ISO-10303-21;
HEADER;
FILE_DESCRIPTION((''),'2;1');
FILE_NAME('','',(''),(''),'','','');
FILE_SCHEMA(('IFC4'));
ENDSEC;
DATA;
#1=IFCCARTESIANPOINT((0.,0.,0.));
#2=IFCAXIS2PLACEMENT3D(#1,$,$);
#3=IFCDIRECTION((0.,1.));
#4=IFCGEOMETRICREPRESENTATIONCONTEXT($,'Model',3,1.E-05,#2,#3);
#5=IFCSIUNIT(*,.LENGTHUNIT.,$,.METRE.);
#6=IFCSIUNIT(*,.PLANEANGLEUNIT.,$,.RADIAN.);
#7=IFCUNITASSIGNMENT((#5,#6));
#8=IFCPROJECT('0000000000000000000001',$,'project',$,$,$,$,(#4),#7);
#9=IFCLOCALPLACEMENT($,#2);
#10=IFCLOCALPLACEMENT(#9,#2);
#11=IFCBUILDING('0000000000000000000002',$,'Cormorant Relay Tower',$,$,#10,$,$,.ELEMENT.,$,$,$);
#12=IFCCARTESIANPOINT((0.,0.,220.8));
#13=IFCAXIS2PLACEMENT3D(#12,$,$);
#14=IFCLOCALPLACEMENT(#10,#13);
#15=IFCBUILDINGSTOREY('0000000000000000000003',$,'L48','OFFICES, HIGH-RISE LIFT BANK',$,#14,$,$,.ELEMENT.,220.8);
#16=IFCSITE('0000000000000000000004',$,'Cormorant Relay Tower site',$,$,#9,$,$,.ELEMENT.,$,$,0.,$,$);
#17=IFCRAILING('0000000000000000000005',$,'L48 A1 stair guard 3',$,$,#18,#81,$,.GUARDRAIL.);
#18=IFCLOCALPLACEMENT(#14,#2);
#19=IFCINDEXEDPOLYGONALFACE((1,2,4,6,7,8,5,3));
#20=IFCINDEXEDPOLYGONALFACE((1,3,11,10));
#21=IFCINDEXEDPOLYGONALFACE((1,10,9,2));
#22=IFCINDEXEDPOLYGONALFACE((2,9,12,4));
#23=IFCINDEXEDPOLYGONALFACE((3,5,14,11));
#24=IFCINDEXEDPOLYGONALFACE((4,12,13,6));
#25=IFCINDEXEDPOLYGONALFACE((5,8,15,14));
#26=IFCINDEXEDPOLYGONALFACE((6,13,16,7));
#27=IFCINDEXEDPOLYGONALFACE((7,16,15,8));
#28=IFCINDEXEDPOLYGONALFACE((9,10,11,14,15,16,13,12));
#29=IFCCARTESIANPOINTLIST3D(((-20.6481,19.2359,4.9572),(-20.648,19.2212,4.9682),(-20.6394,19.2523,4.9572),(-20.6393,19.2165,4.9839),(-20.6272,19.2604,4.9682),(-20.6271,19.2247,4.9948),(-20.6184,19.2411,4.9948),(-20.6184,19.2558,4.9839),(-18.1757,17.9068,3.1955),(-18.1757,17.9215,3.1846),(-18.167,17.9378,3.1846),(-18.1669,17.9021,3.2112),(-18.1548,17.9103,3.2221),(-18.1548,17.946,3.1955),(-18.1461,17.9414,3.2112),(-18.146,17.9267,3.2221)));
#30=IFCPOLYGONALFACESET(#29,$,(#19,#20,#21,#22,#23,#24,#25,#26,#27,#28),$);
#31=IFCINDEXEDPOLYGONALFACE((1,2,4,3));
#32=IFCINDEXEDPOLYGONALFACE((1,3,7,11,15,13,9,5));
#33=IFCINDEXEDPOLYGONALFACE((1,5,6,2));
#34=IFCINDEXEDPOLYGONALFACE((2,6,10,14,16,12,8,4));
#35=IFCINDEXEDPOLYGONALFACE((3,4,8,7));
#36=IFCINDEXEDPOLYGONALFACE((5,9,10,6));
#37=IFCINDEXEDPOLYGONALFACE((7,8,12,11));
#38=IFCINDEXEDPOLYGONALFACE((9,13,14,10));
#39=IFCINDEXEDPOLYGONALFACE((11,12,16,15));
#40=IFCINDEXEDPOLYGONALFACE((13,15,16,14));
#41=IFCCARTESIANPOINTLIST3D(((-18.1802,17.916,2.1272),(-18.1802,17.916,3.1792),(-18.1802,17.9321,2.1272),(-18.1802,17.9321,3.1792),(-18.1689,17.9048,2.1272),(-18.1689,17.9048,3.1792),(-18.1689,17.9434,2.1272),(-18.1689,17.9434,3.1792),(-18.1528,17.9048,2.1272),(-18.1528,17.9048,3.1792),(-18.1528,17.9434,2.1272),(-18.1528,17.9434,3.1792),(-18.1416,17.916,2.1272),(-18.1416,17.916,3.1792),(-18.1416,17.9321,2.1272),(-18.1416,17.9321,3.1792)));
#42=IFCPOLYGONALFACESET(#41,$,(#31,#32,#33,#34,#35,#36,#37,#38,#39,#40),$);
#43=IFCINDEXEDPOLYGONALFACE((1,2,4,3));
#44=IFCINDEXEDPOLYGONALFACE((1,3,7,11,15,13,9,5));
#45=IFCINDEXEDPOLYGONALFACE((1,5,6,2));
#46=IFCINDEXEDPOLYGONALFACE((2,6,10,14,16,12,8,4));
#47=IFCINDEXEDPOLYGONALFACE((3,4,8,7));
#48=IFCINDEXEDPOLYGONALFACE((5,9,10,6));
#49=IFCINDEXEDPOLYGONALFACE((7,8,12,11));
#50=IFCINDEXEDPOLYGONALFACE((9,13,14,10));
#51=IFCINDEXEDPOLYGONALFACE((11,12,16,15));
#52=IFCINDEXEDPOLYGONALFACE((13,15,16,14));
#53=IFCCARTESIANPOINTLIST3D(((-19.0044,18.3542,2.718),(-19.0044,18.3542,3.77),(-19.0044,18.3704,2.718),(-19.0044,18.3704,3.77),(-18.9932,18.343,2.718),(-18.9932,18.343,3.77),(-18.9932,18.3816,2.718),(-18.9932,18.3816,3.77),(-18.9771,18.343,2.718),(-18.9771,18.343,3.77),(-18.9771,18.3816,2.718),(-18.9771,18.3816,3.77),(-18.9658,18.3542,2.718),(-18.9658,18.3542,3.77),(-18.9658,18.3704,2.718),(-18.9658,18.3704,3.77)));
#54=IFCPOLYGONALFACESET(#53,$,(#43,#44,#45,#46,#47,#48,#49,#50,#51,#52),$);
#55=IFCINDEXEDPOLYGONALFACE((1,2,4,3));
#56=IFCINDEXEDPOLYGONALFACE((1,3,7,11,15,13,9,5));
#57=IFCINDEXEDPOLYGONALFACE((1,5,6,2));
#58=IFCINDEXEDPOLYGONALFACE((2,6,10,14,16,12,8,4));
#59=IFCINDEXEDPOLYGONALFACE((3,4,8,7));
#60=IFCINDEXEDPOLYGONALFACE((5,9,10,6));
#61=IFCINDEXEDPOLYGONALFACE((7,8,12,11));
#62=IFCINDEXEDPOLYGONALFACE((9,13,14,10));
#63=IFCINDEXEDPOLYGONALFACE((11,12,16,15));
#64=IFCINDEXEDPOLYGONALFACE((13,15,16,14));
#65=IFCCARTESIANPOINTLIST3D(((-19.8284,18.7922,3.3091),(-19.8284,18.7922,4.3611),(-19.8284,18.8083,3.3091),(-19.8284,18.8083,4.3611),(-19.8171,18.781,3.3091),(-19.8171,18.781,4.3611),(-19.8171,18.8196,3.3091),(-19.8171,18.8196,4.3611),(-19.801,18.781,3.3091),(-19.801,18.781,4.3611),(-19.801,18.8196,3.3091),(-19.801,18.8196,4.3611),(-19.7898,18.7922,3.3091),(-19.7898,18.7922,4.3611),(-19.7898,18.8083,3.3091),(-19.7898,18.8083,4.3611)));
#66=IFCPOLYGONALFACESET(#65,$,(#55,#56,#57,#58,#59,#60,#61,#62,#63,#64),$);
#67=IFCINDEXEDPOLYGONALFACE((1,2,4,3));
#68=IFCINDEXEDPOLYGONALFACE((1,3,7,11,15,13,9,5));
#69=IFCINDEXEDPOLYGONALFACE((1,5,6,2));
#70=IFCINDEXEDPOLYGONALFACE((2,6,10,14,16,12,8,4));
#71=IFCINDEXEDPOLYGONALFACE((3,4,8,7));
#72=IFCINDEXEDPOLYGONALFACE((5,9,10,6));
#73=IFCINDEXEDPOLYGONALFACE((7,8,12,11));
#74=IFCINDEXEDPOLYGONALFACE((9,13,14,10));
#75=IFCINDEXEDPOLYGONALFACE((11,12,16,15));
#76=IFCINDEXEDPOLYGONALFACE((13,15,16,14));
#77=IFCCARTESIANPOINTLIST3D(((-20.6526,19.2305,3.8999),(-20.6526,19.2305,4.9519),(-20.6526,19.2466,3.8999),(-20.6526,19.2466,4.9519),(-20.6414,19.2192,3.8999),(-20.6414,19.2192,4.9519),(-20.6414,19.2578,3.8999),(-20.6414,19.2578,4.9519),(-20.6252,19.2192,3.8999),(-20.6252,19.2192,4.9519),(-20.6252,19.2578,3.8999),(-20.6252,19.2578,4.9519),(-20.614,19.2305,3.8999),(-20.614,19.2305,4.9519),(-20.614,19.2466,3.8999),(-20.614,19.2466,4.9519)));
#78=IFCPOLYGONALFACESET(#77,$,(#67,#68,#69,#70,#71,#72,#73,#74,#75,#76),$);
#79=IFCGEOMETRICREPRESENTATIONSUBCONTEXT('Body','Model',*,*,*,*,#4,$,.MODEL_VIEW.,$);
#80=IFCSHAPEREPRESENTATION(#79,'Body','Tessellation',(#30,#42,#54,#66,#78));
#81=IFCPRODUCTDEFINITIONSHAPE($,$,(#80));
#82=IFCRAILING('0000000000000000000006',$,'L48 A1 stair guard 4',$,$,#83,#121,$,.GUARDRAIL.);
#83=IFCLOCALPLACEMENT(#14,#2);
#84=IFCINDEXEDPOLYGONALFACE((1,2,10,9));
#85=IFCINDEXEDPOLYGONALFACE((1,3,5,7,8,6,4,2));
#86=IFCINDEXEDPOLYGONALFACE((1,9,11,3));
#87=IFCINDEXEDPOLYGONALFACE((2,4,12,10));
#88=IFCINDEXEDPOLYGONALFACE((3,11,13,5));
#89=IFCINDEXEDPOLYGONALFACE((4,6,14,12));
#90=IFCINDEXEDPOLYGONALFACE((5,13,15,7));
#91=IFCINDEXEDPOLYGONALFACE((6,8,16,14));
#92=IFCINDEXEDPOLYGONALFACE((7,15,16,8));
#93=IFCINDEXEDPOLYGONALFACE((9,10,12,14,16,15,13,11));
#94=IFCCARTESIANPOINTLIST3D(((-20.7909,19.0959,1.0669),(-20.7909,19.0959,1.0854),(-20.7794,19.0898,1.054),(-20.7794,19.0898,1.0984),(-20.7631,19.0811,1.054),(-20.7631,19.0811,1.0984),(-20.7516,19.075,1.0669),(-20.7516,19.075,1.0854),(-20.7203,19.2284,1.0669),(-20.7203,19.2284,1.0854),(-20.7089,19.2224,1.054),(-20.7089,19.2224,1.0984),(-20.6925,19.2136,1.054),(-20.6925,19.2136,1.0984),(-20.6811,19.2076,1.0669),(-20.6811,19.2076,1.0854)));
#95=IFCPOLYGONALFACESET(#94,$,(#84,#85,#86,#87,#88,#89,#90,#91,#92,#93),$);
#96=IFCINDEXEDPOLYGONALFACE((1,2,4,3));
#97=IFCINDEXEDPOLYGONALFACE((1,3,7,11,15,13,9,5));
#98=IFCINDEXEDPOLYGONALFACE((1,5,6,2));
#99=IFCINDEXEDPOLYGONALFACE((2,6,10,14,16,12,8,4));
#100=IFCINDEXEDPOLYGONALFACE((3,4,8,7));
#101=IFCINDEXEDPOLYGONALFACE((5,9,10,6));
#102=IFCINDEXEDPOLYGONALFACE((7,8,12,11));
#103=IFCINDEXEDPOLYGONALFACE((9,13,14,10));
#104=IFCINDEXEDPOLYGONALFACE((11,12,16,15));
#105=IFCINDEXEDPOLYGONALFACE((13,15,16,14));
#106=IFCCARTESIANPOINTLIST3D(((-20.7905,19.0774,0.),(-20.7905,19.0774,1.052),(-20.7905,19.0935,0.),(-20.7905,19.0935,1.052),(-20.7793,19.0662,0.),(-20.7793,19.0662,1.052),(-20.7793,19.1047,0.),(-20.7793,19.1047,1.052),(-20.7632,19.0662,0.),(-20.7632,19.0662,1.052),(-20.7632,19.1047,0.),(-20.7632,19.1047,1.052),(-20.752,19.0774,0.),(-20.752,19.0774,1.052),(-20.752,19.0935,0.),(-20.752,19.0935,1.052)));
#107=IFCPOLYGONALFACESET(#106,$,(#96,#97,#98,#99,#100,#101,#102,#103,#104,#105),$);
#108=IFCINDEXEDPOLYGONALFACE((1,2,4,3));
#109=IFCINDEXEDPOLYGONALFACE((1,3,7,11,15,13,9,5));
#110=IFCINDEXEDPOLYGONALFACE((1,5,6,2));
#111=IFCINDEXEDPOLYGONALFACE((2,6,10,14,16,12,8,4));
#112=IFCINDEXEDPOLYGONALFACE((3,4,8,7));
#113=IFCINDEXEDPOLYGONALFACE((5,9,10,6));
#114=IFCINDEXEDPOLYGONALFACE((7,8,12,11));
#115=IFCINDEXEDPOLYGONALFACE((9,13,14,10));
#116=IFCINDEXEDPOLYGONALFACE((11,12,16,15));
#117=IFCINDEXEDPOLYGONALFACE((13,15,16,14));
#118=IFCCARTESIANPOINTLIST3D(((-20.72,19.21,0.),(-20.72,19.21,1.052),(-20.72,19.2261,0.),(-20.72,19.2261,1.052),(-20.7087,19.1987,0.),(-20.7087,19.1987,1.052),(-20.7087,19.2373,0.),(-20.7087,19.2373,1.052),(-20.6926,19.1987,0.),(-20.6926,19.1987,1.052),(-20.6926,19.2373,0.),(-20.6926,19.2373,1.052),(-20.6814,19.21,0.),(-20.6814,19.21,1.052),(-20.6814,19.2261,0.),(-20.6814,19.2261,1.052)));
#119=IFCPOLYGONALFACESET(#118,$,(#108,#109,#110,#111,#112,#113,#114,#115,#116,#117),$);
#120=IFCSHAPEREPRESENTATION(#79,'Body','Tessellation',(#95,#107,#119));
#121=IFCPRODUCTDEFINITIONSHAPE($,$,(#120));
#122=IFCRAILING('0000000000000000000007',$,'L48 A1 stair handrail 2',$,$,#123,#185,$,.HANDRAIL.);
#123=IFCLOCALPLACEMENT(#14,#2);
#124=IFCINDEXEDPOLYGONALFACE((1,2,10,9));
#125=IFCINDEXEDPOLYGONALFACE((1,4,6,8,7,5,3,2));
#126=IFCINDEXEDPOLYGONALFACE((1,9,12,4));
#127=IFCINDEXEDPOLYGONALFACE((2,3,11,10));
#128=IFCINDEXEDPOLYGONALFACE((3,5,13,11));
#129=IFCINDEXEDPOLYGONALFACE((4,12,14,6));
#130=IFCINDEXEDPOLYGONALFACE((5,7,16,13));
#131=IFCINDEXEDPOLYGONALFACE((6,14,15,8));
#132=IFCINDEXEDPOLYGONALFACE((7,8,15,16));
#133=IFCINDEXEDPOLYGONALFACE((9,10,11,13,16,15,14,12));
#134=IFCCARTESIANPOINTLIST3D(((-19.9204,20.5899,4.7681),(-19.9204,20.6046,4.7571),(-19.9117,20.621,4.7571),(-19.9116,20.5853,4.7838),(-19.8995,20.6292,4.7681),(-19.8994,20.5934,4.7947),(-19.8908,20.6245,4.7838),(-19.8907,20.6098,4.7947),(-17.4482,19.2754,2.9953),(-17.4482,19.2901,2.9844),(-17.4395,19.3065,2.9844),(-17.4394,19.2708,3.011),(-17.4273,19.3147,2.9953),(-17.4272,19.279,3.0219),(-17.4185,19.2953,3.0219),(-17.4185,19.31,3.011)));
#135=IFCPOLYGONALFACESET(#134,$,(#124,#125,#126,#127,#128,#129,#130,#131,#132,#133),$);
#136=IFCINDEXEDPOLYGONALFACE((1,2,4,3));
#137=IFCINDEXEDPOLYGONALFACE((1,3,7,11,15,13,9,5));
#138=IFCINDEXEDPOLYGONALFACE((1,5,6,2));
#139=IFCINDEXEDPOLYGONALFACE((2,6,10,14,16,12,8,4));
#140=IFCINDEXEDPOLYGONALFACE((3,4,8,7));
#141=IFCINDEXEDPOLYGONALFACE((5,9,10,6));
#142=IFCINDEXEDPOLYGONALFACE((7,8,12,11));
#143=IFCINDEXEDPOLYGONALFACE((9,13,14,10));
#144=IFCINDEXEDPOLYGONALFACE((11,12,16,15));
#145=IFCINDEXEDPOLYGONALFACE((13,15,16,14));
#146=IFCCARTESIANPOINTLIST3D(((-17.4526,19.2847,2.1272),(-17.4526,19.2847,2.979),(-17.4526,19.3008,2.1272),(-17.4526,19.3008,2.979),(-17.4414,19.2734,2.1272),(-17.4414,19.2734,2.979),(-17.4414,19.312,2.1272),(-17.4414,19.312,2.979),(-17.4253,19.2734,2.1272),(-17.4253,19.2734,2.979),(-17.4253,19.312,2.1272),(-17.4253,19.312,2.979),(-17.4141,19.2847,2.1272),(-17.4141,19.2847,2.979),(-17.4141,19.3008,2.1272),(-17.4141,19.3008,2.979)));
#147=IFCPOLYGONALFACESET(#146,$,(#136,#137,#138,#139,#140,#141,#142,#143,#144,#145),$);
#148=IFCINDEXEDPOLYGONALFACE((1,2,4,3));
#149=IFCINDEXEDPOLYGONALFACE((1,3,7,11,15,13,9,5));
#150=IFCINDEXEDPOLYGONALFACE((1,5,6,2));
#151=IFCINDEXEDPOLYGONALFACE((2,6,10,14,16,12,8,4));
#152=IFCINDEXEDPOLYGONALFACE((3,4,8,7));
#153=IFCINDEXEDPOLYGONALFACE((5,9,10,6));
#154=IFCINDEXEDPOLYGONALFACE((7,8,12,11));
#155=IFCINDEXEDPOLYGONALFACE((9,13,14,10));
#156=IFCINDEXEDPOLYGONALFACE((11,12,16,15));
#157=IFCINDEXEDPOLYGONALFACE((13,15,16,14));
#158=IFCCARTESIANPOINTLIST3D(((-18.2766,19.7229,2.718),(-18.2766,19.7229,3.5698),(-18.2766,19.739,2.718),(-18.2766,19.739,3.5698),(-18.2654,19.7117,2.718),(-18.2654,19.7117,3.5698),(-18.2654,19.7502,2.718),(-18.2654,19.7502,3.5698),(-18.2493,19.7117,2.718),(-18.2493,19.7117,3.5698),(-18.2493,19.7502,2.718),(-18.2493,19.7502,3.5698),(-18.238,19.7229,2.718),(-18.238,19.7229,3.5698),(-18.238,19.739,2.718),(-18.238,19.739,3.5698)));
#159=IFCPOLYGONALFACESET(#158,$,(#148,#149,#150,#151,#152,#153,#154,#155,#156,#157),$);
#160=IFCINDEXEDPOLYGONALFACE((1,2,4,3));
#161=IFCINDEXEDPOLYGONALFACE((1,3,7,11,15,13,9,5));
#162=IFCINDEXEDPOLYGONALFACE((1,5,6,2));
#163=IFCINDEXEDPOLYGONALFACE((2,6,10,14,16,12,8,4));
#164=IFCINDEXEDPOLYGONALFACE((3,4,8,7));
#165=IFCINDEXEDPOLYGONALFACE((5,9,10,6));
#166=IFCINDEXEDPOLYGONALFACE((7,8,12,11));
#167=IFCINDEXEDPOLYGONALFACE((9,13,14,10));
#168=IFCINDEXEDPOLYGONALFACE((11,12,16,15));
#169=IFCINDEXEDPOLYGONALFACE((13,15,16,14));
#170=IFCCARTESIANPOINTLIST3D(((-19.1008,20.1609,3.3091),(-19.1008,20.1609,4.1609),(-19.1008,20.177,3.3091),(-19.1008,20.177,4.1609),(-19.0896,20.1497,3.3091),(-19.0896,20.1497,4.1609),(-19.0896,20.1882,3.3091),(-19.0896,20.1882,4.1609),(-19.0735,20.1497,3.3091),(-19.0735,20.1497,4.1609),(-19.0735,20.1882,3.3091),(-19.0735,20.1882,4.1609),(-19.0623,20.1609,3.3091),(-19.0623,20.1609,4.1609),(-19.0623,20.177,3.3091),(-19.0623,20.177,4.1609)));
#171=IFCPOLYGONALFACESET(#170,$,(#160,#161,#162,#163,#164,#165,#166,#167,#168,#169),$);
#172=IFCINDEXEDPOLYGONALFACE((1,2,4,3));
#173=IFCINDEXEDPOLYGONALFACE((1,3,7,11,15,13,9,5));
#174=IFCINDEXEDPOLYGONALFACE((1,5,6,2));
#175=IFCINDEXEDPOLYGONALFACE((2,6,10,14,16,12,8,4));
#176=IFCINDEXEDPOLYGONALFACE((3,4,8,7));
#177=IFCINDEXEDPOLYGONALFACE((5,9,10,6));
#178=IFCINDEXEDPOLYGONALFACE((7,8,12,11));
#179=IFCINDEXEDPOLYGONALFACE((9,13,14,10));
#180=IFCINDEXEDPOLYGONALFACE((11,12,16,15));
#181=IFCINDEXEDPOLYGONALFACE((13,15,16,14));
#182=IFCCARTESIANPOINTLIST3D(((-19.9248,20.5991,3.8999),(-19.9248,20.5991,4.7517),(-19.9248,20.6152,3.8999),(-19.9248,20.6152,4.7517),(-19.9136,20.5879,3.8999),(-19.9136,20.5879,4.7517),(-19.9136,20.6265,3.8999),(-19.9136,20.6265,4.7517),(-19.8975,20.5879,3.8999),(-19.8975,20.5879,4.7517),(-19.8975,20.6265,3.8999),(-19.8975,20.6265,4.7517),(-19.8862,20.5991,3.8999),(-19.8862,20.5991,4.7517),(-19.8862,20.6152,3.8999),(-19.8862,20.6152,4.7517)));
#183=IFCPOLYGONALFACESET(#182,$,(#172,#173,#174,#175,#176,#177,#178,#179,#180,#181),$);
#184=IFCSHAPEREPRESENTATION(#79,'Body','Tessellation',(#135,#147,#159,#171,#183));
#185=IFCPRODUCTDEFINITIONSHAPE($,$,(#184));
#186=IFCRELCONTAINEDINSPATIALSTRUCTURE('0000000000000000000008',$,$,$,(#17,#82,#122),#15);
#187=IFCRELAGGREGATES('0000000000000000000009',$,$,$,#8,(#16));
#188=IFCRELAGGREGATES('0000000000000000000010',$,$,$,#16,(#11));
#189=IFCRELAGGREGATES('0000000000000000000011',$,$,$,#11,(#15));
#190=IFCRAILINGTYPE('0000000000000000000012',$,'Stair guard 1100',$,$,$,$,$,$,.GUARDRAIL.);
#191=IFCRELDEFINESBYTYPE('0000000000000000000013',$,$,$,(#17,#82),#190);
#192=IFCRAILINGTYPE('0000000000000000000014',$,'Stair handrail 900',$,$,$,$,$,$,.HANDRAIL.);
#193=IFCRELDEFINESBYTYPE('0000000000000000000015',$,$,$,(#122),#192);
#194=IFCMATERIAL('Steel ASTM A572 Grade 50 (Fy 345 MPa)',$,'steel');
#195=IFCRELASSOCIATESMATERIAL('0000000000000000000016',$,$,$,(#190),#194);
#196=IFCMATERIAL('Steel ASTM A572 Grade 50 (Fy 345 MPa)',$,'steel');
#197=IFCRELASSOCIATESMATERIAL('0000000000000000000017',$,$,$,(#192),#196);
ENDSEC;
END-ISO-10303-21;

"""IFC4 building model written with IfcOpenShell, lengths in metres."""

from ifc_helpers import new_model, si_unit, direction, frame, origin, place, context, subcontext, project, spatial, polyline, outline, extrude, material, type_object, element, save


model = new_model("IFC4")

# Units and contexts
model_context = context("Model", 3, precision=1e-05, world=origin(), true_north=direction((0.0, 1.0)))
body_context = subcontext(model_context, "Body", "Model", "MODEL_VIEW")
ifc_project = project(units=[si_unit("LENGTHUNIT", "METRE"), si_unit("PLANEANGLEUNIT", "RADIAN")], contexts=[model_context])

# Site, building, storey
site_placement = place(None, origin())
site = spatial("IfcSite", under=ifc_project, at=site_placement, Name="Cormorant Relay Tower site", CompositionType="ELEMENT", RefElevation=0.0)
building_placement = place(site_placement, origin())
building = spatial("IfcBuilding", under=site, at=building_placement, Name="Cormorant Relay Tower", CompositionType="ELEMENT")
storey_placement = place(building_placement, frame((0.0, 0.0, 220.8)))
storey = spatial("IfcBuildingStorey", under=building, at=storey_placement, Name="L48", Description="OFFICES, HIGH-RISE LIFT BANK", CompositionType="ELEMENT", Elevation=220.8)

# Railings
ifc_material_1 = material(Name="Steel ASTM A572 Grade 50 (Fy 345 MPa)", Category="steel")
railing_type_1 = type_object("IfcRailingType", Name="Stair guard 1100", PredefinedType="GUARDRAIL", material=ifc_material_1)
railing_1_placement = place(storey_placement, frame((-18.1609, 17.9241, 2.1272)))
element("IfcRailing", 1, at=railing_1_placement, inside=storey, type_object=railing_type_1, Name="L48 A1 stair guard 3", PredefinedType="GUARDRAIL", context=body_context, shape_type="SweptSolid", body=[
    extrude(outline(polyline([(0.0222, 0.0093), (0.0093, 0.0222), (-0.0093, 0.0222), (-0.0222, 0.0093), (-0.0222, -0.0093), (-0.0093, -0.0222), (0.0093, -0.0222), (0.0222, -0.0093), (0.0222, 0.0093)])), frame((0.0, 0.0, 1.0762), z_axis=(-0.746034, 0.396627, 0.534902), x_axis=(-0.469429, -0.88297, 0.0)), (0.0, 0.0, 1.0), 3.314),
    extrude(outline(polyline([(0.0193, 0.0081), (0.0081, 0.0193), (-0.0081, 0.0193), (-0.0193, 0.0081), (-0.0193, -0.0081), (-0.0081, -0.0193), (0.0081, -0.0193), (0.0193, -0.0081), (0.0193, 0.0081)])), origin(), (0.0, 0.0, 1.0), 1.052),
    extrude(outline(polyline([(0.0193, 0.0081), (0.0081, 0.0193), (-0.0081, 0.0193), (-0.0193, 0.0081), (-0.0193, -0.0081), (-0.0081, -0.0193), (0.0081, -0.0193), (0.0193, -0.0081), (0.0193, 0.0081)])), frame((-0.8242, 0.4382, 0.5908)), (0.0, 0.0, 1.0), 1.052),
    extrude(outline(polyline([(0.0193, 0.0081), (0.0081, 0.0193), (-0.0081, 0.0193), (-0.0193, 0.0081), (-0.0193, -0.0081), (-0.0081, -0.0193), (0.0081, -0.0193), (0.0193, -0.0081), (0.0193, 0.0081)])), frame((-1.6482, 0.8762, 1.1819)), (0.0, 0.0, 1.0), 1.052),
    extrude(outline(polyline([(0.0193, 0.0081), (0.0081, 0.0193), (-0.0081, 0.0193), (-0.0193, 0.0081), (-0.0193, -0.0081), (-0.0081, -0.0193), (0.0081, -0.0193), (0.0193, -0.0081), (0.0193, 0.0081)])), frame((-2.4724, 1.3145, 1.7727)), (0.0, 0.0, 1.0), 1.052),
])
railing_2_placement = place(storey_placement, frame((-20.7712, 19.0854, 0.0)))
element("IfcRailing", 2, at=railing_2_placement, inside=storey, type_object=railing_type_1, Name="L48 A1 stair guard 4", PredefinedType="GUARDRAIL", context=body_context, shape_type="SweptSolid", body=[
    extrude(outline(polyline([(0.0222, 0.0093), (0.0093, 0.0222), (-0.0093, 0.0222), (-0.0222, 0.0093), (-0.0222, -0.0093), (-0.0093, -0.0222), (0.0093, -0.0222), (0.0222, -0.0093), (0.0222, 0.0093)])), frame((0.0, 0.0, 1.0762), z_axis=(0.469829, 0.882758, 0.0), x_axis=(-0.882758, 0.469829, 0.0)), (0.0, 0.0, 1.0), 0.1501),
    extrude(outline(polyline([(0.0193, 0.0081), (0.0081, 0.0193), (-0.0081, 0.0193), (-0.0193, 0.0081), (-0.0193, -0.0081), (-0.0081, -0.0193), (0.0081, -0.0193), (0.0193, -0.0081), (0.0193, 0.0081)])), origin(), (0.0, 0.0, 1.0), 1.052),
    extrude(outline(polyline([(0.0193, 0.0081), (0.0081, 0.0193), (-0.0081, 0.0193), (-0.0193, 0.0081), (-0.0193, -0.0081), (-0.0081, -0.0193), (0.0081, -0.0193), (0.0193, -0.0081), (0.0193, 0.0081)])), frame((0.0706, 0.1326, 0.0)), (0.0, 0.0, 1.0), 1.052),
])
ifc_material_2 = material(Name="Steel ASTM A572 Grade 50 (Fy 345 MPa)", Category="steel")
railing_type_2 = type_object("IfcRailingType", Name="Stair handrail 900", PredefinedType="HANDRAIL", material=ifc_material_2)
railing_3_placement = place(storey_placement, frame((-17.4333, 19.2927, 2.1272)))
element("IfcRailing", 3, at=railing_3_placement, inside=storey, type_object=railing_type_2, Name="L48 A1 stair handrail 2", PredefinedType="HANDRAIL", context=body_context, shape_type="SweptSolid", body=[
    extrude(outline(polyline([(0.0222, 0.0093), (0.0093, 0.0222), (-0.0093, 0.0222), (-0.0222, 0.0093), (-0.0222, -0.0093), (-0.0093, -0.0222), (0.0093, -0.0222), (0.0222, -0.0093), (0.0222, 0.0093)])), frame((0.0, 0.0, 0.876), z_axis=(-0.746001, 0.396649, 0.534931), x_axis=(-0.469465, -0.882951, 0.0)), (0.0, 0.0, 1.0), 3.314),
    extrude(outline(polyline([(0.0193, 0.0081), (0.0081, 0.0193), (-0.0081, 0.0193), (-0.0193, 0.0081), (-0.0193, -0.0081), (-0.0081, -0.0193), (0.0081, -0.0193), (0.0193, -0.0081), (0.0193, 0.0081)])), origin(), (0.0, 0.0, 1.0), 0.8518),
    extrude(outline(polyline([(0.0193, 0.0081), (0.0081, 0.0193), (-0.0081, 0.0193), (-0.0193, 0.0081), (-0.0193, -0.0081), (-0.0081, -0.0193), (0.0081, -0.0193), (0.0193, -0.0081), (0.0193, 0.0081)])), frame((-0.824, 0.4382, 0.5908)), (0.0, 0.0, 1.0), 0.8518),
    extrude(outline(polyline([(0.0193, 0.0081), (0.0081, 0.0193), (-0.0081, 0.0193), (-0.0193, 0.0081), (-0.0193, -0.0081), (-0.0081, -0.0193), (0.0081, -0.0193), (0.0193, -0.0081), (0.0193, 0.0081)])), frame((-1.6482, 0.8762, 1.1819)), (0.0, 0.0, 1.0), 0.8518),
    extrude(outline(polyline([(0.0193, 0.0081), (0.0081, 0.0193), (-0.0081, 0.0193), (-0.0193, 0.0081), (-0.0193, -0.0081), (-0.0081, -0.0193), (0.0081, -0.0193), (0.0193, -0.0081), (0.0193, 0.0081)])), frame((-2.4722, 1.3145, 1.7727)), (0.0, 0.0, 1.0), 0.8518),
])

save(model, "model.ifc")
